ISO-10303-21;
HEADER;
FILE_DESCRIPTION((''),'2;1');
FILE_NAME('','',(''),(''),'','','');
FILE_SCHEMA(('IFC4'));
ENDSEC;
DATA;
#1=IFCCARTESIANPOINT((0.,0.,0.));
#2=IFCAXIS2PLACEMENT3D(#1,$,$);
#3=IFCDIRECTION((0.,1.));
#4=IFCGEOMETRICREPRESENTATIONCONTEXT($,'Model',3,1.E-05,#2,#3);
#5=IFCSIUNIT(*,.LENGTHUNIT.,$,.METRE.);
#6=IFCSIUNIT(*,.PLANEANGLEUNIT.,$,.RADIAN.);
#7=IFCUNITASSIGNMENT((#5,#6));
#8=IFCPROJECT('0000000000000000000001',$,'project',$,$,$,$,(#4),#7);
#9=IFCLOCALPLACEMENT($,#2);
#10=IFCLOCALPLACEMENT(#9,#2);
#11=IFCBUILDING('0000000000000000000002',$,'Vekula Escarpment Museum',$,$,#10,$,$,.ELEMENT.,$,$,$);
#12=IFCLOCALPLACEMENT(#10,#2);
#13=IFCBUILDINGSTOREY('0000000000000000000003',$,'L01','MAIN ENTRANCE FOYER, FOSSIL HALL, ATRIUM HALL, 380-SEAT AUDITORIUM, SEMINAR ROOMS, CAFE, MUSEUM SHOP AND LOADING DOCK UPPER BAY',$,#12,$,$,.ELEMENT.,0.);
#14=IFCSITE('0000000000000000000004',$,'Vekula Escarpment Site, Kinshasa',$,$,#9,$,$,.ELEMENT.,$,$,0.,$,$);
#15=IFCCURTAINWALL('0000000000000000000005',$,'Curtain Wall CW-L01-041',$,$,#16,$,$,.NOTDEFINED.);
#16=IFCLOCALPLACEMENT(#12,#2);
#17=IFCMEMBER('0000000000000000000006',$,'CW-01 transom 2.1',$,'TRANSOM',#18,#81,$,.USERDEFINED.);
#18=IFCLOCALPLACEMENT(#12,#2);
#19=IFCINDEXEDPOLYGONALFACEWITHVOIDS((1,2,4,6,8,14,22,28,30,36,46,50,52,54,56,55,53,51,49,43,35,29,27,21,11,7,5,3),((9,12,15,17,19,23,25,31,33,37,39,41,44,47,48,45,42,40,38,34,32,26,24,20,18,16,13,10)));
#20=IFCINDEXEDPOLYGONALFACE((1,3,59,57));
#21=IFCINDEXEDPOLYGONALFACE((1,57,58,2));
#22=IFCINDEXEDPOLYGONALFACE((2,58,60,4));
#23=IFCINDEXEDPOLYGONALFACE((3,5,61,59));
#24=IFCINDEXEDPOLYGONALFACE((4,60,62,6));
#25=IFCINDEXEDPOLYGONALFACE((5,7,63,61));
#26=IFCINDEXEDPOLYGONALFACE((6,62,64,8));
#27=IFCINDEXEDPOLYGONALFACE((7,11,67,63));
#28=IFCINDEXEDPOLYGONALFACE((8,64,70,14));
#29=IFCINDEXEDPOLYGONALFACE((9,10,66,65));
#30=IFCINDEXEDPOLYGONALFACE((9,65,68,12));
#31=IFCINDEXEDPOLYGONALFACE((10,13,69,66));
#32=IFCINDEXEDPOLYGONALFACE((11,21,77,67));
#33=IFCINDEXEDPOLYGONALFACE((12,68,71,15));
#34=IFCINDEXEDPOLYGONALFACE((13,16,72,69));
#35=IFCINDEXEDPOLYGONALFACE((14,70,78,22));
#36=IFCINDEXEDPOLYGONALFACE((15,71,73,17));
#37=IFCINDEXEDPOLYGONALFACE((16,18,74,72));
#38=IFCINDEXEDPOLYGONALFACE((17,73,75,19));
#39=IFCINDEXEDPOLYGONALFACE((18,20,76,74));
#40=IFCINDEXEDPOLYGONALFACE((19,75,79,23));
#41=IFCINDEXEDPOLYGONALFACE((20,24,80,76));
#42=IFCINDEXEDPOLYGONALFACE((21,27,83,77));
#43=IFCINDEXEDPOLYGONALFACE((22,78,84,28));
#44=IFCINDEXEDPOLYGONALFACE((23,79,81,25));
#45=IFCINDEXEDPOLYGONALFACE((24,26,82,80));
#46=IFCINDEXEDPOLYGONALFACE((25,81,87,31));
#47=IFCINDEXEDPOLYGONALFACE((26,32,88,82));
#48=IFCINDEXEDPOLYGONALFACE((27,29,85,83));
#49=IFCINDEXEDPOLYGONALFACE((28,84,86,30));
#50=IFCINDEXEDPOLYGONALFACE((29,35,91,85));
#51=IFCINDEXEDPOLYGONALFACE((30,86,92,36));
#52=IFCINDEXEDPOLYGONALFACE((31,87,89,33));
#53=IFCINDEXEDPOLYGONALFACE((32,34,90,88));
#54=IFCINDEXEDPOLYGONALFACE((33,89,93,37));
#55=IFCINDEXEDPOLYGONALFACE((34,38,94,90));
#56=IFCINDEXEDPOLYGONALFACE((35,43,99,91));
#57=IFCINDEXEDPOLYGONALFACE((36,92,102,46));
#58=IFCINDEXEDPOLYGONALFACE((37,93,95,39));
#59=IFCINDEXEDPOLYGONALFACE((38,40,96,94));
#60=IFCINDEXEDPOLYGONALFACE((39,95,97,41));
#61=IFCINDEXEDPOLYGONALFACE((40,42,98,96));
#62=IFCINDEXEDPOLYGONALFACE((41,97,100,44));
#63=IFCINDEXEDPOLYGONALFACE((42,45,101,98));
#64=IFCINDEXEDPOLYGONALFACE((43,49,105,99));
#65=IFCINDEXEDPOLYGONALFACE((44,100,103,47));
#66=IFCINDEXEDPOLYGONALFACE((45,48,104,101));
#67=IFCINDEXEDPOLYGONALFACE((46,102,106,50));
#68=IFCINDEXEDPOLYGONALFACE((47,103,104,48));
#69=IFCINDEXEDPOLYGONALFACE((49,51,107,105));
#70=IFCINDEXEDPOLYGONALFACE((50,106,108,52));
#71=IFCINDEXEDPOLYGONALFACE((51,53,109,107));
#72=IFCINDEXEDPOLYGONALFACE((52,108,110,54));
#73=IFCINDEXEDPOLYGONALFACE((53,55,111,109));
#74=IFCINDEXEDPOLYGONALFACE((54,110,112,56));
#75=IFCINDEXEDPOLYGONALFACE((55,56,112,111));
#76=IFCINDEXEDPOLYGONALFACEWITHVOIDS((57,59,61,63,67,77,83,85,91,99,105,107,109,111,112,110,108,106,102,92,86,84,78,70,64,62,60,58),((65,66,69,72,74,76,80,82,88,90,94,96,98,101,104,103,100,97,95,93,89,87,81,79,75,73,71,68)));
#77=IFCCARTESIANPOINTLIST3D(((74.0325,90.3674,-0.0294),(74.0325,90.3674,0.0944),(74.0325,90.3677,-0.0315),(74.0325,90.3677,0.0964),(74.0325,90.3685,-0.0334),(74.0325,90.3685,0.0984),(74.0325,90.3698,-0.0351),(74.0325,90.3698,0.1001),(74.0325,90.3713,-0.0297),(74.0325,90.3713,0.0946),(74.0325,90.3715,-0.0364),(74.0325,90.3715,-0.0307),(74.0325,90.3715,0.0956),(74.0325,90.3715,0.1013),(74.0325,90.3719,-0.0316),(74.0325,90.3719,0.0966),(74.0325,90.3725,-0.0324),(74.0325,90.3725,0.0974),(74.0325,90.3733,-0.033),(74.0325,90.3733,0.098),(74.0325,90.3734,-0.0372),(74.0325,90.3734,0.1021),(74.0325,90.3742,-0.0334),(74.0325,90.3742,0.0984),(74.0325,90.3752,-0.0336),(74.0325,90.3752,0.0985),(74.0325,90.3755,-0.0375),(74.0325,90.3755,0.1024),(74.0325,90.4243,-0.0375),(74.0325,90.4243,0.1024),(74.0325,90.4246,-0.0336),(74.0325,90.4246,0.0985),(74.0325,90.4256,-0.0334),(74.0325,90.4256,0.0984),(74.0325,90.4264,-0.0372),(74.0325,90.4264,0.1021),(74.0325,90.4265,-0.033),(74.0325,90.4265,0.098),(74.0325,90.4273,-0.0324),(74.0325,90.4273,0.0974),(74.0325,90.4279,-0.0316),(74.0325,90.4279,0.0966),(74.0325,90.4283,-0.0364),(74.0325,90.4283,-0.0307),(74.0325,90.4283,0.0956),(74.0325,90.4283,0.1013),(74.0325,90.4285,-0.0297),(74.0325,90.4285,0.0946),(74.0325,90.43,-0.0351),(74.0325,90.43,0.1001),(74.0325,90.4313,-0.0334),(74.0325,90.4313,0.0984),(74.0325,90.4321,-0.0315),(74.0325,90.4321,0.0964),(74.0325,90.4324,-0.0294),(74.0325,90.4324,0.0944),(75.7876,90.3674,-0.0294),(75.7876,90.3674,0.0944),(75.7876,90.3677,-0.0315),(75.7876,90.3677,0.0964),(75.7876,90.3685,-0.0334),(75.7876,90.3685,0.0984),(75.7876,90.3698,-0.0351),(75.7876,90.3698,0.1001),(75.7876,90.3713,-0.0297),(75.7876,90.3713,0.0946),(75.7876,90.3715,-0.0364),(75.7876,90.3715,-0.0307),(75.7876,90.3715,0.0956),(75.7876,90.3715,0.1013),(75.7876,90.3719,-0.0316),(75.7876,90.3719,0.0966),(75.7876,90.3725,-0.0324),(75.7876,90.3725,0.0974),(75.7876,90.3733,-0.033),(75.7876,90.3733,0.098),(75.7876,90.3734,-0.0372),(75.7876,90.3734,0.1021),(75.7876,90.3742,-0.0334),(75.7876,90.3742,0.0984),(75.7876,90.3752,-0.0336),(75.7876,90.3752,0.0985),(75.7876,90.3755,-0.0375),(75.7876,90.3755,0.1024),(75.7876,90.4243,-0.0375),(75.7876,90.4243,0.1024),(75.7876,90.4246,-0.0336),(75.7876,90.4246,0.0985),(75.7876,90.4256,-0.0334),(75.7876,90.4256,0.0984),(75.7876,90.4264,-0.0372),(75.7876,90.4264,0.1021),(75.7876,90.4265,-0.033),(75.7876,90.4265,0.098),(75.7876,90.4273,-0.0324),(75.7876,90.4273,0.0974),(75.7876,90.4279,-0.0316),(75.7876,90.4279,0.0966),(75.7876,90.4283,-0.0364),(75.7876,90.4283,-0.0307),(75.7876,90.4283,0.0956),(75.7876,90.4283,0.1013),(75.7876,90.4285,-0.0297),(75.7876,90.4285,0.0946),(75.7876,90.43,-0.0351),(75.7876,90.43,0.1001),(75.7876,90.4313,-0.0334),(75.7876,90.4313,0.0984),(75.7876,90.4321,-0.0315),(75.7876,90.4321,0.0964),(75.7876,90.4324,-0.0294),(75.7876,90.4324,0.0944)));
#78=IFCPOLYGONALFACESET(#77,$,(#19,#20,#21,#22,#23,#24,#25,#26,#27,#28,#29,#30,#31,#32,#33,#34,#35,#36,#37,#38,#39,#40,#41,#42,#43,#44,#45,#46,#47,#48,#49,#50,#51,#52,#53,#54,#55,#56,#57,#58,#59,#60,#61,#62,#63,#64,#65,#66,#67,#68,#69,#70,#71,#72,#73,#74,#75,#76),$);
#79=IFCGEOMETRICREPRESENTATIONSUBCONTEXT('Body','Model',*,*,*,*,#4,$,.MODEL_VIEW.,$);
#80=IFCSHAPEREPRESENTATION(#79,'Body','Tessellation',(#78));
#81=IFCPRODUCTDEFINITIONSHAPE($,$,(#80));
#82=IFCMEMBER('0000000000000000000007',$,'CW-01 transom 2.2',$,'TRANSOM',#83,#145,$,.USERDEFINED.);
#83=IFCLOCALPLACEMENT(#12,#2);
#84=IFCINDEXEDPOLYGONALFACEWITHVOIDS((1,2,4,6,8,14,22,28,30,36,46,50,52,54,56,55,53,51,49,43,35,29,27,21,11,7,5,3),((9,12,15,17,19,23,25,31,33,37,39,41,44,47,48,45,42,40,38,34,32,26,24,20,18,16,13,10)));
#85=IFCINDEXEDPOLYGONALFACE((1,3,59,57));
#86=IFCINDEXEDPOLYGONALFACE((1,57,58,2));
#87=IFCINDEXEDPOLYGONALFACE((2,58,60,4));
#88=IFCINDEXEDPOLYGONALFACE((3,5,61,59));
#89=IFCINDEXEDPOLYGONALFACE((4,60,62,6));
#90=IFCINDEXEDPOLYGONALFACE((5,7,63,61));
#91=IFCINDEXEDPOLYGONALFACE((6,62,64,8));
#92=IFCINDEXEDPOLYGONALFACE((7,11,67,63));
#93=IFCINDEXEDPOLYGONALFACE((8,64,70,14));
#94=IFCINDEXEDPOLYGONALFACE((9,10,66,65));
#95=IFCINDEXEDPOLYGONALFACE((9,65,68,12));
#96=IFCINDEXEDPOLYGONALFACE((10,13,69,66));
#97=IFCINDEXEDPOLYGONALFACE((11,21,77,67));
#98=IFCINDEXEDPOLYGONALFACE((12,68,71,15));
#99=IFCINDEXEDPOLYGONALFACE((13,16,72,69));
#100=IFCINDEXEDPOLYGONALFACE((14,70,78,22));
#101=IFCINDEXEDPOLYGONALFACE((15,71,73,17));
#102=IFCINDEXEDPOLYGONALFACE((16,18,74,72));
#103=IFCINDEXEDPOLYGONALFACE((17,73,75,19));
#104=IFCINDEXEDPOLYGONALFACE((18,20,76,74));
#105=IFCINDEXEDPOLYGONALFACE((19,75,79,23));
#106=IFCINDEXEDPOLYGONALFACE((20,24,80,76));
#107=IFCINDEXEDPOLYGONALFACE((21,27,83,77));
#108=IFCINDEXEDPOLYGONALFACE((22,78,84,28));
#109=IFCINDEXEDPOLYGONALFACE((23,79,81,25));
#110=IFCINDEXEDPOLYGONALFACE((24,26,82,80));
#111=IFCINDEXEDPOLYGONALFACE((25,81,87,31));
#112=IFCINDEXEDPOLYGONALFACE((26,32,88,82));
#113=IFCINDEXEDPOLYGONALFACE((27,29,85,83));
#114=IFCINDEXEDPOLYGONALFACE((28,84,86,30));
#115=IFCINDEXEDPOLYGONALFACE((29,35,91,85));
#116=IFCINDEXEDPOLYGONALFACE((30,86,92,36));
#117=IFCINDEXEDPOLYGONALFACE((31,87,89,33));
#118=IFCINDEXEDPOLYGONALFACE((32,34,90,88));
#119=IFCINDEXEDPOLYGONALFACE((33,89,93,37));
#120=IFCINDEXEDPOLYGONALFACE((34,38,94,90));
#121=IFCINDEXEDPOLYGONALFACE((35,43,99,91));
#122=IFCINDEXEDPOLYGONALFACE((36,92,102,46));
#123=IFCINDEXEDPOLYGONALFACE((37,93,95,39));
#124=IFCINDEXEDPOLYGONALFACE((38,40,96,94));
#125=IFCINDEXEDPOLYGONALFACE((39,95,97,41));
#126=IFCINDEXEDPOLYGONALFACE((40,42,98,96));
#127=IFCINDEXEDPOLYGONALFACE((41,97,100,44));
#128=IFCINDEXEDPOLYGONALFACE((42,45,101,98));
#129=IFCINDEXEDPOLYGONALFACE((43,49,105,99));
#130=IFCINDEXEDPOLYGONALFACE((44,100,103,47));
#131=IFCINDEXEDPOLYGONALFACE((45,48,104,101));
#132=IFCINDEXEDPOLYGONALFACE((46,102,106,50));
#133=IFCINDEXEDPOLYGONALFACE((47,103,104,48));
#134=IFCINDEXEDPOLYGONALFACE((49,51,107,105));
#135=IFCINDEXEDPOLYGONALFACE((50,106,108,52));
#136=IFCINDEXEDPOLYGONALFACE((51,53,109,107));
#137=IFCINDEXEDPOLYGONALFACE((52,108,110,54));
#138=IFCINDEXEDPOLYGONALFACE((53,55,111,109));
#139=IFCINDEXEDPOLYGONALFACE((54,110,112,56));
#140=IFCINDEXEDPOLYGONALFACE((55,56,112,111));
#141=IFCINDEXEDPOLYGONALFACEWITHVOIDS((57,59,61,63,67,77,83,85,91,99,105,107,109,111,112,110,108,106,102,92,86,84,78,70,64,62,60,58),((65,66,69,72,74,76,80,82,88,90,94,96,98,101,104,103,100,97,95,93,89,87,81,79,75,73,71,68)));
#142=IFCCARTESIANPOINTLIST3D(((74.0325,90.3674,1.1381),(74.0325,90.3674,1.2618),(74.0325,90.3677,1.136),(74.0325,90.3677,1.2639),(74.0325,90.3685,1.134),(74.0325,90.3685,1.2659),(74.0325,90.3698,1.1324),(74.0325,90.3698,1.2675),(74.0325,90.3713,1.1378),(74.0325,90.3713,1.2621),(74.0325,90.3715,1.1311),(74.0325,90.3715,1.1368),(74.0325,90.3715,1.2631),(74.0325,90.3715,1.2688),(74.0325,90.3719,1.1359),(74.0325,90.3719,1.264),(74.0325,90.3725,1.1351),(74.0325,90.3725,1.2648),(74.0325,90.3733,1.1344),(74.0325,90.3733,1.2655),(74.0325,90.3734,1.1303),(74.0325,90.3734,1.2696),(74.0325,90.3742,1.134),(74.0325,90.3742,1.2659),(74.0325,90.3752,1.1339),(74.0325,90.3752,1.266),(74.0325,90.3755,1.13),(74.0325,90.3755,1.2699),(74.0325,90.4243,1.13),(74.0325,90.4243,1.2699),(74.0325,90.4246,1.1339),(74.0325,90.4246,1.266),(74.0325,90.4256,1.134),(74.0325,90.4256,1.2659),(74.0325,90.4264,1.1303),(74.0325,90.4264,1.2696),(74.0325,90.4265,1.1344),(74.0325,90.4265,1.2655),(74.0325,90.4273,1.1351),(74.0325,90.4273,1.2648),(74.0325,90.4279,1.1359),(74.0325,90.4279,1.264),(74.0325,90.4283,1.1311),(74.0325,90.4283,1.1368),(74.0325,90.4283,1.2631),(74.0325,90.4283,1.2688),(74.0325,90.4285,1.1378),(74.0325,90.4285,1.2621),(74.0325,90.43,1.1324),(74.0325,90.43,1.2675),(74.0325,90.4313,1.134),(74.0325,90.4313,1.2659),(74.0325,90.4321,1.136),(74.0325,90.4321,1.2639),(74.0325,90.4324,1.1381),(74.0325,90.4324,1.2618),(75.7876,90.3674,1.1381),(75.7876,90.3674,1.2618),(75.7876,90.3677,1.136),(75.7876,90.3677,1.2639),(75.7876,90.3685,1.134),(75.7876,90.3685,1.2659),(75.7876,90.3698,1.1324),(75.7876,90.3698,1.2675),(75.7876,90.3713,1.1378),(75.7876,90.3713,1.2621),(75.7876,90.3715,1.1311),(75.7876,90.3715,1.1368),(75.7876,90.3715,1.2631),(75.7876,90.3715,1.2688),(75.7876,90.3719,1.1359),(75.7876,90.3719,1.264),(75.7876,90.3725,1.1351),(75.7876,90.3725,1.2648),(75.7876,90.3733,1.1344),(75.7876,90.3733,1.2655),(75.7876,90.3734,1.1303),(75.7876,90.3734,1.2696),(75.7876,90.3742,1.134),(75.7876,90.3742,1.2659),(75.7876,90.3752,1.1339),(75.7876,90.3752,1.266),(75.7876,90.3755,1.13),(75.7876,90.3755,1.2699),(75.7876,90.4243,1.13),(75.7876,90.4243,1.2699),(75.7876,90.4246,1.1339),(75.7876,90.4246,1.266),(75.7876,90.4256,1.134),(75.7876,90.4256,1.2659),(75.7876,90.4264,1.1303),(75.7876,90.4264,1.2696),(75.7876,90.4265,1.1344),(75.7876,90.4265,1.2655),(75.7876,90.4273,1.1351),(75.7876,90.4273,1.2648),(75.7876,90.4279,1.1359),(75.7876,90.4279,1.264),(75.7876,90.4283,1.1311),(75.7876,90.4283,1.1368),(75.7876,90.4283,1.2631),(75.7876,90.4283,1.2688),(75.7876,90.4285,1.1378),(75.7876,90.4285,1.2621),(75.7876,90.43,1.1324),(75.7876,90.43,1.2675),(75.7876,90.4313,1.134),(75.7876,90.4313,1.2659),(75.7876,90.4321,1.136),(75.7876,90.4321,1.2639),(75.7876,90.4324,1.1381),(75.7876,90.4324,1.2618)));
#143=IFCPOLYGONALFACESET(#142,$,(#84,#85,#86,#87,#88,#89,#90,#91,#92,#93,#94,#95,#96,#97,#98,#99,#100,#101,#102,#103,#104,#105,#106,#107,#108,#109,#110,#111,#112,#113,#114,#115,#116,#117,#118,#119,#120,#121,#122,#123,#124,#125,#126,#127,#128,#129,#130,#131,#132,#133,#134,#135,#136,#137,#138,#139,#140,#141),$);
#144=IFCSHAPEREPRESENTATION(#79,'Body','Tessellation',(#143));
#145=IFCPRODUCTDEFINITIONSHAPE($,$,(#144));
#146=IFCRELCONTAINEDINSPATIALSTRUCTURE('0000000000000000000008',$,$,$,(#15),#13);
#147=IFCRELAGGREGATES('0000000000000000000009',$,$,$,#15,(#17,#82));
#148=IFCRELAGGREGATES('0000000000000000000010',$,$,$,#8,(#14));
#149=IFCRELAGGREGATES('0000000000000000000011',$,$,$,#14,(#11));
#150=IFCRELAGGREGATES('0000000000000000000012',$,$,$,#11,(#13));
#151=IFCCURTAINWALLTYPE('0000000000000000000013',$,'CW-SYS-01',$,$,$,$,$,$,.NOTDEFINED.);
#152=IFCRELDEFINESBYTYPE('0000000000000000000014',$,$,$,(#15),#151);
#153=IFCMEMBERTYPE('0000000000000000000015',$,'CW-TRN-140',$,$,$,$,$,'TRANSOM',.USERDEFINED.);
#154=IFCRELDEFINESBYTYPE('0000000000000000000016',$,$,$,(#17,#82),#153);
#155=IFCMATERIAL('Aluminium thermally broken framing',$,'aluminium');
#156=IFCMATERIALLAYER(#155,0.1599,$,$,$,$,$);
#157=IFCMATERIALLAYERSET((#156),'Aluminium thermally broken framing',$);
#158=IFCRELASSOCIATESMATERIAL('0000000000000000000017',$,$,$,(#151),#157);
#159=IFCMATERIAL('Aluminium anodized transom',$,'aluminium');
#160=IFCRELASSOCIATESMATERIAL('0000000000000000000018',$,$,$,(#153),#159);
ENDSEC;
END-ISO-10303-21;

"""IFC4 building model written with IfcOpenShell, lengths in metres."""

from ifc_helpers import new_model, si_unit, direction, frame, origin, origin_2d, place, context, subcontext, project, spatial, hollow_rectangle, extrude, material, layer, layer_set, material_profile, profile_set, type_object, element, aggregate, save


model = new_model("IFC4")

# Units and contexts
model_context = context("Model", 3, precision=1e-05, world=origin(), true_north=direction((0.0, 1.0)))
body_context = subcontext(model_context, "Body", "Model", "MODEL_VIEW")
ifc_project = project(units=[si_unit("LENGTHUNIT", "METRE"), si_unit("PLANEANGLEUNIT", "RADIAN")], contexts=[model_context])

# Site, building, storey
site_placement = place(None, origin())
site = spatial("IfcSite", under=ifc_project, at=site_placement, Name="Vekula Escarpment Site, Kinshasa", CompositionType="ELEMENT", RefElevation=0.0)
building_placement = place(site_placement, origin())
building = spatial("IfcBuilding", under=site, at=building_placement, Name="Vekula Escarpment Museum", CompositionType="ELEMENT")
storey_placement = place(building_placement, origin())
storey = spatial("IfcBuildingStorey", under=building, at=storey_placement, Name="L01", Description="MAIN ENTRANCE FOYER, FOSSIL HALL, ATRIUM HALL, 380-SEAT AUDITORIUM, SEMINAR ROOMS, CAFE, MUSEUM SHOP AND LOADING DOCK UPPER BAY", CompositionType="ELEMENT", Elevation=0.0)

# Curtain wall, members
ifc_material_1 = material(Name="Aluminium thermally broken framing", Category="aluminium")
ifc_layer_1 = layer(ifc_material_1, 0.1599)
ifc_layer_set_1 = layer_set([ifc_layer_1], Name="Aluminium thermally broken framing")
curtain_wall_type = type_object("IfcCurtainWallType", Name="CW-SYS-01", PredefinedType="NOTDEFINED", material=ifc_layer_set_1)
curtain_wall_placement = place(storey_placement, origin())
curtain_wall = element("IfcCurtainWall", 1, at=curtain_wall_placement, inside=storey, type_object=curtain_wall_type, Name="Curtain Wall CW-L01-041", PredefinedType="NOTDEFINED")
ifc_material_2 = material(Name="Aluminium anodized transom", Category="aluminium")
ifc_material_profile_1 = material_profile(ifc_material_2, hollow_rectangle(XDim=0.0649, YDim=0.1399, WallThickness=0.0039, InnerFilletRadius=0.0039, OuterFilletRadius=0.0081, at=origin_2d()), Name="ALU 140x65x4")
ifc_profile_set_1 = profile_set([ifc_material_profile_1], Name="Aluminium anodized transom")
member_type_1 = type_object("IfcMemberType", Name="CW-TRN-140", ElementType="TRANSOM", PredefinedType="USERDEFINED", material=ifc_profile_set_1)
member_1_placement = place(storey_placement, frame((75.7876, 90.3999, 0.0325), z_axis=(-1.0, 0.0, 0.0), x_axis=(0.0, -1.0, 0.0)))
member_1 = element("IfcMember", 2, at=member_1_placement, type_object=member_type_1, Name="CW-01 transom 2.1", ObjectType="TRANSOM", PredefinedType="USERDEFINED", context=body_context, shape_type="SweptSolid", body=[
    extrude(hollow_rectangle(XDim=0.0649, YDim=0.1399, WallThickness=0.0039, InnerFilletRadius=0.0039, OuterFilletRadius=0.0081, at=origin_2d()), origin(), (0.0, 0.0, 1.0), 1.7551),
])
member_2_placement = place(storey_placement, frame((75.7876, 90.3999, 1.2), z_axis=(-1.0, 0.0, 0.0), x_axis=(0.0, -1.0, 0.0)))
member_2 = element("IfcMember", 3, at=member_2_placement, type_object=member_type_1, Name="CW-01 transom 2.2", ObjectType="TRANSOM", PredefinedType="USERDEFINED", context=body_context, shape_type="SweptSolid", body=[
    extrude(hollow_rectangle(XDim=0.0649, YDim=0.1399, WallThickness=0.0039, InnerFilletRadius=0.0039, OuterFilletRadius=0.0081, at=origin_2d()), origin(), (0.0, 0.0, 1.0), 1.7551),
])

aggregate(curtain_wall, [member_1, member_2])

save(model, "model.ifc")
